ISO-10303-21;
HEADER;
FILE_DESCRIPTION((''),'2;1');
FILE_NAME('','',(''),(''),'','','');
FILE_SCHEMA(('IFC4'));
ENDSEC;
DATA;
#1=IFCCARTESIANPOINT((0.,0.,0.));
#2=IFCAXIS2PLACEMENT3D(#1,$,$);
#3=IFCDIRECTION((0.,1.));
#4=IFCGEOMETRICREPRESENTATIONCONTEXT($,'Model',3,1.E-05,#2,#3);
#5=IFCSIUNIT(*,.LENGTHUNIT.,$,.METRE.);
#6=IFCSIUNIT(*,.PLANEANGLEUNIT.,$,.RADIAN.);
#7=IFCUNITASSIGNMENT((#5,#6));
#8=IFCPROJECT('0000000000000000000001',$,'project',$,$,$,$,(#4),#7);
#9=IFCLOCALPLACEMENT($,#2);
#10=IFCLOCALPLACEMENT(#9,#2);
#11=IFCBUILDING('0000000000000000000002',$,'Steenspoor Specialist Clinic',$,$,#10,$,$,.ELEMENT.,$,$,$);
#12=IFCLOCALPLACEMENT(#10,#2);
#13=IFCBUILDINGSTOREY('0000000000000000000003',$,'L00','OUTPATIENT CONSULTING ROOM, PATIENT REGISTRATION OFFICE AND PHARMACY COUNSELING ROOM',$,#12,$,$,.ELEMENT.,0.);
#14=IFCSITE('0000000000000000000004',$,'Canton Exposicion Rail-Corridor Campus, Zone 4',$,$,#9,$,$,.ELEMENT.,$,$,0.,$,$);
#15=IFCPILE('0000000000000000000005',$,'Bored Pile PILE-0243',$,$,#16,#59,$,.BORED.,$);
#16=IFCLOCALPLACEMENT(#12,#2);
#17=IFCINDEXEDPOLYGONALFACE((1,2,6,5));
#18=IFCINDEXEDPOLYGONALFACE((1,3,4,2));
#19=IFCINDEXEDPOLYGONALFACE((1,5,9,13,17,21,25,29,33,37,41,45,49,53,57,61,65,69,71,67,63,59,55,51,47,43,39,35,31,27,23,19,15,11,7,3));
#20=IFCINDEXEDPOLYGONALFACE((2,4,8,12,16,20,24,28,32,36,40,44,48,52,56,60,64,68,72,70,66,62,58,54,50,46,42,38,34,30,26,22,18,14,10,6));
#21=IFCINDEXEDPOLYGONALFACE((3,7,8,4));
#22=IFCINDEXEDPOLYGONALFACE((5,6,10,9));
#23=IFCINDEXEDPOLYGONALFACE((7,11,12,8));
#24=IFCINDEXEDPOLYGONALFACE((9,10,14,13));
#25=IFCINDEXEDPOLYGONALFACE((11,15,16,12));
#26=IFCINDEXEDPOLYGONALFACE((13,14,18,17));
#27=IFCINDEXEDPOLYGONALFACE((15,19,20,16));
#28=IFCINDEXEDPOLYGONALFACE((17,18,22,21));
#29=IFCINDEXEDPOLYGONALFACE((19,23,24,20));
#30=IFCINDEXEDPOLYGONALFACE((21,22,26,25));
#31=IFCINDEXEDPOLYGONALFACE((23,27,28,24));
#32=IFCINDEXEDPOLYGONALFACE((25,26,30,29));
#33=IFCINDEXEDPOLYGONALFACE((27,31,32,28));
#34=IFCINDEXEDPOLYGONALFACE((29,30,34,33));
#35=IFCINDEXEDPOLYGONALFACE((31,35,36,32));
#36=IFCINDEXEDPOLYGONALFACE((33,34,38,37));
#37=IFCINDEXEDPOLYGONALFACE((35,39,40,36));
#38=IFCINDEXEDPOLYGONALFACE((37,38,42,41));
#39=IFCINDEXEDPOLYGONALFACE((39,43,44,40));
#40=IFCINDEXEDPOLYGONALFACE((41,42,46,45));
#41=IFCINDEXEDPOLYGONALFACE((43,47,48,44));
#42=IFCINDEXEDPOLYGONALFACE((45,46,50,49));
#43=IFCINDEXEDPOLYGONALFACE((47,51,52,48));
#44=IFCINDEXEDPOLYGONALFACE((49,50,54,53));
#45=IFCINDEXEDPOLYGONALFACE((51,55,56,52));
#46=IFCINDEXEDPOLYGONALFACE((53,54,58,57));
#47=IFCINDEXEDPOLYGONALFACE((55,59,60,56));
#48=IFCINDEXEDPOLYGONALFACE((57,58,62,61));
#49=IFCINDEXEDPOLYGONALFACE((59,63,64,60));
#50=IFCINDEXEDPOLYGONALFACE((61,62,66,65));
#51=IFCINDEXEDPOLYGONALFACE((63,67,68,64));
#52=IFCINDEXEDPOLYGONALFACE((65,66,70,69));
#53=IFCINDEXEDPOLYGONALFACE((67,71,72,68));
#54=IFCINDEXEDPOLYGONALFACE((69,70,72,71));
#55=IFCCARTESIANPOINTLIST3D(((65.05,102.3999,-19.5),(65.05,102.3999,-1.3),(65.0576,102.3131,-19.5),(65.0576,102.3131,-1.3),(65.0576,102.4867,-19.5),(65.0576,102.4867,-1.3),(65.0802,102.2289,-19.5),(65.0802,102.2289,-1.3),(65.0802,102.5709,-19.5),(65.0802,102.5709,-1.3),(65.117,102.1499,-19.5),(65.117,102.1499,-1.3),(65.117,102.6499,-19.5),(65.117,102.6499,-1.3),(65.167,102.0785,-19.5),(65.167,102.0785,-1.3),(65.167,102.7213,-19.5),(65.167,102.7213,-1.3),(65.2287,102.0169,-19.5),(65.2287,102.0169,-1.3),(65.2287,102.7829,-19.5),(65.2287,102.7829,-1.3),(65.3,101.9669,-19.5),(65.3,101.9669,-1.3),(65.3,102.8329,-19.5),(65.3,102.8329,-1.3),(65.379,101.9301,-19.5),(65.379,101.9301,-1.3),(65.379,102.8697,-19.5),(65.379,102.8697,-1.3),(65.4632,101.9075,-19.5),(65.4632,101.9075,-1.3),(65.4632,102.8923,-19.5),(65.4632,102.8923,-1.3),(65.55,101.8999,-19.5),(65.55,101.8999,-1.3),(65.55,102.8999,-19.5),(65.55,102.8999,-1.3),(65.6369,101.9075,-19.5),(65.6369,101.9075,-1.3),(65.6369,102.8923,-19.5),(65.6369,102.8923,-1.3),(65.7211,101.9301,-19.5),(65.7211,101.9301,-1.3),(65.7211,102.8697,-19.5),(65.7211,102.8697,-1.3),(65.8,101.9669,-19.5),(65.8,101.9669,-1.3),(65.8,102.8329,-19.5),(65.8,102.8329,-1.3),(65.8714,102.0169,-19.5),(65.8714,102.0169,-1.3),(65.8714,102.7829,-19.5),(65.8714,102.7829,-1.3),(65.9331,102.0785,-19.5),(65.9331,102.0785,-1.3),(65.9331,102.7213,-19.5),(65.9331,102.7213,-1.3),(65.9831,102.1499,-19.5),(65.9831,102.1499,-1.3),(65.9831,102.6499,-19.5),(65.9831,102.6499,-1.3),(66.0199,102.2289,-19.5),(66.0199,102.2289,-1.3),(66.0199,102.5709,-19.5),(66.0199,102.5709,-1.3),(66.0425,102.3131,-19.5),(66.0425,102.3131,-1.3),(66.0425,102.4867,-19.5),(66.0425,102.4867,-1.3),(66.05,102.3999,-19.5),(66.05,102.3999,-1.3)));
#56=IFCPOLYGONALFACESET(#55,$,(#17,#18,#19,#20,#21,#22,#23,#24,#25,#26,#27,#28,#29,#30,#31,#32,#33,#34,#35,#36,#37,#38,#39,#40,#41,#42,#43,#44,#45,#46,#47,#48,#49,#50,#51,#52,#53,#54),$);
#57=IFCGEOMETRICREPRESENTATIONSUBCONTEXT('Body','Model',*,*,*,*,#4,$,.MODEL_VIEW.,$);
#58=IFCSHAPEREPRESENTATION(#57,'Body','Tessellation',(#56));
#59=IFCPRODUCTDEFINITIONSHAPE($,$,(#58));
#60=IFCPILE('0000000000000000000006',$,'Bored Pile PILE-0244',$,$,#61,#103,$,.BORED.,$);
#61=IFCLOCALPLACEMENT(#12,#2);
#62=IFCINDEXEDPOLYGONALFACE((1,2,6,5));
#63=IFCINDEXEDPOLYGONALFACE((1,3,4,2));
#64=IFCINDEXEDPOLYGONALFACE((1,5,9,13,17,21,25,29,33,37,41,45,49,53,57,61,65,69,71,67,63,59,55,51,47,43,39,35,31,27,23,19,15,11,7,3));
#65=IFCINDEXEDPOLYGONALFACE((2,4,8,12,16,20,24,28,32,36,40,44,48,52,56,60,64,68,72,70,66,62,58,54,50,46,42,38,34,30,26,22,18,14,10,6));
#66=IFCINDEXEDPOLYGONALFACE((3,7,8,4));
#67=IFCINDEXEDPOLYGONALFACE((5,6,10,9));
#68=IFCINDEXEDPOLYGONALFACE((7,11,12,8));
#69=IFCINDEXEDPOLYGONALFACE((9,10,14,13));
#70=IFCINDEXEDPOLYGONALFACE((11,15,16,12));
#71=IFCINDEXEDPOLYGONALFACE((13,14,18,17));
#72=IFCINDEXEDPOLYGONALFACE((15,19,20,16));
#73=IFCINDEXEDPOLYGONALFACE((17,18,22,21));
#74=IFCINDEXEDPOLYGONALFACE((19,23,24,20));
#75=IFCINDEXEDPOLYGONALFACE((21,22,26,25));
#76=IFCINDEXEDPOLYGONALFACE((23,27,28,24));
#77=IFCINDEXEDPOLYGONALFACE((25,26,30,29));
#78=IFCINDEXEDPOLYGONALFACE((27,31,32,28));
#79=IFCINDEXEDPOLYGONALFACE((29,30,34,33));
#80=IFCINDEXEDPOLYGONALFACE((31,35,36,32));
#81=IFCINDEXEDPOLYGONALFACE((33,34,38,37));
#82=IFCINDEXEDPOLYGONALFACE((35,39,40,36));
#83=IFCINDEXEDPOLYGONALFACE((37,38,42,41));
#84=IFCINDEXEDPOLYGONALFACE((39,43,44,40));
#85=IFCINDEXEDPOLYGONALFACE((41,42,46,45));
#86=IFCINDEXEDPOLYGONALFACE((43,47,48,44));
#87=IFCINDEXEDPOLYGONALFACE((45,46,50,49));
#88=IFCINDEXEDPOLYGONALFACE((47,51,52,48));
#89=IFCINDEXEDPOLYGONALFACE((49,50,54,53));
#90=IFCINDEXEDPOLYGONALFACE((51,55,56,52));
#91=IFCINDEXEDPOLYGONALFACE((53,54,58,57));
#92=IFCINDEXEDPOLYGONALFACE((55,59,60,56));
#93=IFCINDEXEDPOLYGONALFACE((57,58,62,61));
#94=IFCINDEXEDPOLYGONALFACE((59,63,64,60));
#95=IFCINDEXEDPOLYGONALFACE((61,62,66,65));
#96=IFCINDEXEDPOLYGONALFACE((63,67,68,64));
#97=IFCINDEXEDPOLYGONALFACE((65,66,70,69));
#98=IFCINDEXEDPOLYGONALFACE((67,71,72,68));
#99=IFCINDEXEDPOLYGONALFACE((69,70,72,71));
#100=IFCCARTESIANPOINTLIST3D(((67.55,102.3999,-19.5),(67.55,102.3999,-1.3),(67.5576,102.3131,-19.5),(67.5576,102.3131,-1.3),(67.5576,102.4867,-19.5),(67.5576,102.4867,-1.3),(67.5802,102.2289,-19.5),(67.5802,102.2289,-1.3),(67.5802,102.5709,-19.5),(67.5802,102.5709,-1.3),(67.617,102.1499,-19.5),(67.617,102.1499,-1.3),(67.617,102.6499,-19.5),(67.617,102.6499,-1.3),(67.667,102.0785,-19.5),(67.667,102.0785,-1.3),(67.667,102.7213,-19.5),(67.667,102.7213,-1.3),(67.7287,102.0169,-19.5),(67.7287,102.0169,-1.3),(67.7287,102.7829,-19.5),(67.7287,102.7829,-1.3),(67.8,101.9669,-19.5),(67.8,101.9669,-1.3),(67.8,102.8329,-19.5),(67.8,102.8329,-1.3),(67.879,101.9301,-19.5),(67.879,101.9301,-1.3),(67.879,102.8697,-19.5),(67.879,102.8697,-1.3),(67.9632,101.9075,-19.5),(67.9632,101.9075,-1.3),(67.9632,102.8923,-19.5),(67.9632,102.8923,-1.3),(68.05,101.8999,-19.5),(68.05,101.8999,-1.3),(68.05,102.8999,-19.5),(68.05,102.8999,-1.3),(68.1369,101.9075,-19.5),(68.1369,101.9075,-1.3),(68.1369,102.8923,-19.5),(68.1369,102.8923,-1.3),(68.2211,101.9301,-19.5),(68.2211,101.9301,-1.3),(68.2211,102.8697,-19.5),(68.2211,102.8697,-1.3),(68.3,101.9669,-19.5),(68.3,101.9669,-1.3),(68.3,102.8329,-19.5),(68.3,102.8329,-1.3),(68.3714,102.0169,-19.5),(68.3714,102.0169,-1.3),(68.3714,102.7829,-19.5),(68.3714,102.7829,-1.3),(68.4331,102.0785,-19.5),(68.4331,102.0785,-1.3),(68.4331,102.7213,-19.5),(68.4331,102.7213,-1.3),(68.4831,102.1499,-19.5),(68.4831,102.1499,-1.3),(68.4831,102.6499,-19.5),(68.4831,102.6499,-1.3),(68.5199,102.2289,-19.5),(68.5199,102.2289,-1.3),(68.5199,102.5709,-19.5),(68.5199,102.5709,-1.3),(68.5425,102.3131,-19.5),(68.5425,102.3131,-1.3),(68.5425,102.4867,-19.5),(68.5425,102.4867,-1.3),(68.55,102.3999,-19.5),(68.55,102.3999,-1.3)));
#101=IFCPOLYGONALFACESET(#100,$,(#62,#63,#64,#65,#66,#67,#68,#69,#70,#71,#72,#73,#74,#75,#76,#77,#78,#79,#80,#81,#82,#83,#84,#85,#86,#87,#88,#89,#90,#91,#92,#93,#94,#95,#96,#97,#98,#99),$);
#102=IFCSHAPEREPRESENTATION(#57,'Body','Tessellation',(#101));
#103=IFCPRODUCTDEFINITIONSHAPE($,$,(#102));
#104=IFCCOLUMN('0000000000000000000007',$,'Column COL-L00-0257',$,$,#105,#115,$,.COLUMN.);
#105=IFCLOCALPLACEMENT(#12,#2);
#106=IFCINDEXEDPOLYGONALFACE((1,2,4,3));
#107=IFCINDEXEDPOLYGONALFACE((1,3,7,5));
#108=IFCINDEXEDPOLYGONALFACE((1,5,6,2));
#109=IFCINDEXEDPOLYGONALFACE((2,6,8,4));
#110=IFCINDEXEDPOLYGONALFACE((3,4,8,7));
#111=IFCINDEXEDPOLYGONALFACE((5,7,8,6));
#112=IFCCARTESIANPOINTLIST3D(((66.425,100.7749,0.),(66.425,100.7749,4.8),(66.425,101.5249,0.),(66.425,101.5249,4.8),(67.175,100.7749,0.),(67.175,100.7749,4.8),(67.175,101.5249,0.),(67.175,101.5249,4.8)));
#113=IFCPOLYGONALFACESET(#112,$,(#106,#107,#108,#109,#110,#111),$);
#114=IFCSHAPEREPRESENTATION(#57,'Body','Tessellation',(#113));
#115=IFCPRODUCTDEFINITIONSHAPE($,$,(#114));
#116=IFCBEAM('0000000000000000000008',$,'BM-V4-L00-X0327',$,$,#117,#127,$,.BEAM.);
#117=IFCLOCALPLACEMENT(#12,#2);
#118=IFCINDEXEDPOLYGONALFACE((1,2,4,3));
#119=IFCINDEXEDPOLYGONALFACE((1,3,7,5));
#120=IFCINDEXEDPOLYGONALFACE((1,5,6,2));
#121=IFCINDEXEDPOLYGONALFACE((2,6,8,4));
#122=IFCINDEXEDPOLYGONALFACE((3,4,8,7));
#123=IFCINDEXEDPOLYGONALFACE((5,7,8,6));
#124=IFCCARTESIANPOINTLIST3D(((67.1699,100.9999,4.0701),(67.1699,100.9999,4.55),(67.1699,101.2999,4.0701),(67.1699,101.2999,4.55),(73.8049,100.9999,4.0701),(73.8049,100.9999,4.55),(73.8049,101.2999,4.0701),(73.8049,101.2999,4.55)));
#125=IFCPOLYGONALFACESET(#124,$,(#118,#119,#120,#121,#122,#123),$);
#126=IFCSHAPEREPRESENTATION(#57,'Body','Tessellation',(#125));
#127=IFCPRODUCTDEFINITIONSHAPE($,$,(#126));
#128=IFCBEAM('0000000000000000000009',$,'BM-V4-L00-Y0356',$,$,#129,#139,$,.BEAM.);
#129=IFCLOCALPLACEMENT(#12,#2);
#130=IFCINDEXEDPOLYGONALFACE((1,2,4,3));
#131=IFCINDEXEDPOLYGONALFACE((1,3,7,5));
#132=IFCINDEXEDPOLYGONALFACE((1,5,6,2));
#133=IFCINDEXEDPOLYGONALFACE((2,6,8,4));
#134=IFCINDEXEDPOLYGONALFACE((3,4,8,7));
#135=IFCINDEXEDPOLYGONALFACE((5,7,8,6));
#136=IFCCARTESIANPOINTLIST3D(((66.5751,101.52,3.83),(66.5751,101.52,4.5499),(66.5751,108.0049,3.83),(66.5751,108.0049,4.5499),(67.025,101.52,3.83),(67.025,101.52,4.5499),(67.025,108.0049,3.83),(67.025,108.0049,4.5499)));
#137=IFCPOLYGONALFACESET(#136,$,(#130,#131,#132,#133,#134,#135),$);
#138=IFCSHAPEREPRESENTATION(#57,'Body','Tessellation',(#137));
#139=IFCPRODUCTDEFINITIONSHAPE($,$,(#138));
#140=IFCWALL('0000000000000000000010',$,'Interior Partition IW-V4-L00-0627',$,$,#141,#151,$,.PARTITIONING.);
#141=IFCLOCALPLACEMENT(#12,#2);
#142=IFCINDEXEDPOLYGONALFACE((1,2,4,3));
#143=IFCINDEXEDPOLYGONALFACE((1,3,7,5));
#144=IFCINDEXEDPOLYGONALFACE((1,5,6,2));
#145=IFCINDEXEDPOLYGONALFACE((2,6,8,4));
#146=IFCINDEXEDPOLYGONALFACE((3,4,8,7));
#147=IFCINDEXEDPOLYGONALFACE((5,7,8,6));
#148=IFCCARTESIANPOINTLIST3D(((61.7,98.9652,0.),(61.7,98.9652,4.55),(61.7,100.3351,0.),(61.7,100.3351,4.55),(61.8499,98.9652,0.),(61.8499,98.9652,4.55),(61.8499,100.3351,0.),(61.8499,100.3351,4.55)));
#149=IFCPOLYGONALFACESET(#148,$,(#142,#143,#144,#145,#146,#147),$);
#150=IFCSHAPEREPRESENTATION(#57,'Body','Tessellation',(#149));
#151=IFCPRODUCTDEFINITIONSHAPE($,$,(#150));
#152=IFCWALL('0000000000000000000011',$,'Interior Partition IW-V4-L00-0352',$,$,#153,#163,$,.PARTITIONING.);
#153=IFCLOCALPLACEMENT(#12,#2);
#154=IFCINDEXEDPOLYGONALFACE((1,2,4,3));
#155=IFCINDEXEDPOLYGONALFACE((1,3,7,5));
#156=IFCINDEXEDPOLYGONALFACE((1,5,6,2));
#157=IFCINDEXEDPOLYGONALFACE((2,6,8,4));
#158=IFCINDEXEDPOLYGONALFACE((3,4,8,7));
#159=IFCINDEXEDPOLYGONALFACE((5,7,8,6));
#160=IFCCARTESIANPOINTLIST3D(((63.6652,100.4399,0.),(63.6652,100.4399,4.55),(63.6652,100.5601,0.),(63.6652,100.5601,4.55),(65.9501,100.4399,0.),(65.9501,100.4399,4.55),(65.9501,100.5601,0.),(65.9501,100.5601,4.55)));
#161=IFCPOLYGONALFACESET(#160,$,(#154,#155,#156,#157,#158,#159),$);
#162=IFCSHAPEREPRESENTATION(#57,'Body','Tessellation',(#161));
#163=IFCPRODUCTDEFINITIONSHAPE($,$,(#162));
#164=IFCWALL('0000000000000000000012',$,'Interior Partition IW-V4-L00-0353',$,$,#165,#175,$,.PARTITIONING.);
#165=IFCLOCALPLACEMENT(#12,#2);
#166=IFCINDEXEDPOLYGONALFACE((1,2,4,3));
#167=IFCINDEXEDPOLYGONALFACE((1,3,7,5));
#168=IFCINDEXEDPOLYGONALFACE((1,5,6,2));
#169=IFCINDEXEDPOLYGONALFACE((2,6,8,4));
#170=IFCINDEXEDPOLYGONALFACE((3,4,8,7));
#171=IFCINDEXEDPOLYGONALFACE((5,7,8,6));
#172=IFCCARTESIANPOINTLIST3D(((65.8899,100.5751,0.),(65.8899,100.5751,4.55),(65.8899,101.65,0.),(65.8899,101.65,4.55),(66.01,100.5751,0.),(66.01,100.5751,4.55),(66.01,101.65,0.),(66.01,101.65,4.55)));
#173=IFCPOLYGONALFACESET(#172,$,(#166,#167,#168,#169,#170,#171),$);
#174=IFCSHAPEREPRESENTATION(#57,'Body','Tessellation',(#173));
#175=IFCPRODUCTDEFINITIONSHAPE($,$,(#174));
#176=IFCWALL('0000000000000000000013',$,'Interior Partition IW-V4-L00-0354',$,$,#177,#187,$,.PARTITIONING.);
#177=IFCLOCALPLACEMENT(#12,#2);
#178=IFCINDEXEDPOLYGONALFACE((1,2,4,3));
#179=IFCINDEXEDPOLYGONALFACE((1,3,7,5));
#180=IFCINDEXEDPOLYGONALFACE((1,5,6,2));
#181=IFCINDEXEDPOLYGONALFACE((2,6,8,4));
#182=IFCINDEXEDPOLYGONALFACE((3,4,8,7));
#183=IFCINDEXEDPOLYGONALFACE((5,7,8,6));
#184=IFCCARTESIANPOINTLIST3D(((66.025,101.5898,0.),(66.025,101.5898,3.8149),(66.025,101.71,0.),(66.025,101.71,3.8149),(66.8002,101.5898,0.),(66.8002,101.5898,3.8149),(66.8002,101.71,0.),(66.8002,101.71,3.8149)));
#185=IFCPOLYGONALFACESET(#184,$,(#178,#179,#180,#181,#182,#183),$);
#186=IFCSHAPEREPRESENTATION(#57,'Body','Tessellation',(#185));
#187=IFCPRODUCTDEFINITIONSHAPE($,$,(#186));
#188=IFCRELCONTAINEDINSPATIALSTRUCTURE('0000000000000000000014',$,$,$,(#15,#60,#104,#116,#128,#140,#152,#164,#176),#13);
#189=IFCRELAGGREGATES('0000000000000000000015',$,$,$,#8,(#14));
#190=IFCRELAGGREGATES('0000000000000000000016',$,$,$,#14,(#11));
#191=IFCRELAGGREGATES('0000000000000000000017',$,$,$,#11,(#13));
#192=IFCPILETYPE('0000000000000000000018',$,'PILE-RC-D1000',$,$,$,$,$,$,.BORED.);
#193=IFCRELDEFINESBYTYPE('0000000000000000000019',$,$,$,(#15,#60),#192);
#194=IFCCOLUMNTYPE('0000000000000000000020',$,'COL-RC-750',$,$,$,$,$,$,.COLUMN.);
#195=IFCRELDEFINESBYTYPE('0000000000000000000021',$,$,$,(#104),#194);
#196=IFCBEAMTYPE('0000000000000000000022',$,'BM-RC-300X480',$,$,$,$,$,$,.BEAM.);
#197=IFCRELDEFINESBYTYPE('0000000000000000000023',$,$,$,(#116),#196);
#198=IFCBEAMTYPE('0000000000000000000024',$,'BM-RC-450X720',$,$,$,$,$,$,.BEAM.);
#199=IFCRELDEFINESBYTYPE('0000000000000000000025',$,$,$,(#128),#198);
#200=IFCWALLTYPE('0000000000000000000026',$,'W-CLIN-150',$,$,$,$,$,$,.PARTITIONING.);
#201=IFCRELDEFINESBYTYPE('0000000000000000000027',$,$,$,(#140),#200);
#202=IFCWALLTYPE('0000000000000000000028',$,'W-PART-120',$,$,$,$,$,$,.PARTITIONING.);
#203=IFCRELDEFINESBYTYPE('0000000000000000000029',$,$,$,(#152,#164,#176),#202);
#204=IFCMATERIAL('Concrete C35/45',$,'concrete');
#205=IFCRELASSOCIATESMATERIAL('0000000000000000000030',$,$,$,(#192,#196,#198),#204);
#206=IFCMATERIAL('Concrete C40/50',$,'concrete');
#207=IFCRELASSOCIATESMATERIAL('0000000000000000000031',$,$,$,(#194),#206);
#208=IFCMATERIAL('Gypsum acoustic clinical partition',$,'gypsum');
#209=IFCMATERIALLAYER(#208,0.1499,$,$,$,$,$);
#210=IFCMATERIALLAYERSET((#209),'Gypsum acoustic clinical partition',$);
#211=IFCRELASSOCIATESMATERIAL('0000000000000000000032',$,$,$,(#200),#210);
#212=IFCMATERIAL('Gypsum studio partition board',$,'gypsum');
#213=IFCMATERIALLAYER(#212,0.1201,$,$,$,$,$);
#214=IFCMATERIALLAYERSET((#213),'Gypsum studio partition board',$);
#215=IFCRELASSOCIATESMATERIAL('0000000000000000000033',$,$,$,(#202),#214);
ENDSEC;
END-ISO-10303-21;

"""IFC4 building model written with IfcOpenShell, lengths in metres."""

from ifc_helpers import new_model, si_unit, direction, frame, frame_2d, origin, origin_2d, place, context, subcontext, project, spatial, rectangle, circle, extrude, material, layer, layer_set, material_profile, profile_set, type_object, element, save


model = new_model("IFC4")

# Units and contexts
model_context = context("Model", 3, precision=1e-05, world=origin(), true_north=direction((0.0, 1.0)))
body_context = subcontext(model_context, "Body", "Model", "MODEL_VIEW")
ifc_project = project(units=[si_unit("LENGTHUNIT", "METRE"), si_unit("PLANEANGLEUNIT", "RADIAN")], contexts=[model_context])

# Site, building, storey
site_placement = place(None, origin())
site = spatial("IfcSite", under=ifc_project, at=site_placement, Name="Canton Exposicion Rail-Corridor Campus, Zone 4", CompositionType="ELEMENT", RefElevation=0.0)
building_placement = place(site_placement, origin())
building = spatial("IfcBuilding", under=site, at=building_placement, Name="Steenspoor Specialist Clinic", CompositionType="ELEMENT")
storey_placement = place(building_placement, origin())
storey = spatial("IfcBuildingStorey", under=building, at=storey_placement, Name="L00", Description="OUTPATIENT CONSULTING ROOM, PATIENT REGISTRATION OFFICE AND PHARMACY COUNSELING ROOM", CompositionType="ELEMENT", Elevation=0.0)

# Shared definitions
ifc_material_1 = material(Name="Concrete C35/45", Category="concrete")

# Piles
ifc_material_profile_1 = material_profile(ifc_material_1, circle(Radius=0.5, at=origin_2d()), Name="PILE-D1000")
ifc_profile_set_1 = profile_set([ifc_material_profile_1], Name="Concrete C35/45")
pile_type = type_object("IfcPileType", Name="PILE-RC-D1000", PredefinedType="BORED", material=ifc_profile_set_1)
for number, where, z_axis, x_axis, name in (
    (1, (65.55, 102.3999, -1.3), (0.0, 0.0, -1.0), (1.0, 0.0, 0.0), "Bored Pile PILE-0243"),
    (2, (68.05, 102.3999, -1.3), (0.0, 0.0, -1.0), (1.0, 0.0, 0.0), "Bored Pile PILE-0244"),
):
    element("IfcPile", number, at=place(storey_placement, frame(where, z_axis=z_axis, x_axis=x_axis)), inside=storey, type_object=pile_type, Name=name, PredefinedType="BORED", context=body_context, shape_type="SweptSolid", body=[
        extrude(circle(Radius=0.5, at=origin_2d()), origin(), (0.0, 0.0, 1.0), 18.2),
    ])

# Column
ifc_material_2 = material(Name="Concrete C40/50", Category="concrete")
ifc_material_profile_2 = material_profile(ifc_material_2, rectangle(XDim=0.75, YDim=0.75, at=origin_2d()), Name="RC-COL-750X750")
ifc_profile_set_2 = profile_set([ifc_material_profile_2], Name="Concrete C40/50")
column_type = type_object("IfcColumnType", Name="COL-RC-750", PredefinedType="COLUMN", material=ifc_profile_set_2)
column_placement = place(storey_placement, frame((66.8, 101.1499, 0.0), z_axis=(0.0, 0.0, 1.0), x_axis=(1.0, 0.0, 0.0)))
element("IfcColumn", 3, at=column_placement, inside=storey, type_object=column_type, Name="Column COL-L00-0257", PredefinedType="COLUMN", context=body_context, shape_type="SweptSolid", body=[
    extrude(rectangle(XDim=0.75, YDim=0.75, at=origin_2d()), origin(), (0.0, 0.0, 1.0), 4.8),
])

# Beams
ifc_material_profile_3 = material_profile(ifc_material_1, rectangle(XDim=0.3, YDim=0.48, at=origin_2d()), Name="RC-BM-300X480")
ifc_profile_set_3 = profile_set([ifc_material_profile_3], Name="Concrete C35/45")
beam_type_1 = type_object("IfcBeamType", Name="BM-RC-300X480", PredefinedType="BEAM", material=ifc_profile_set_3)
beam_1_placement = place(storey_placement, frame((67.1699, 101.1499, 4.3101), z_axis=(1.0, 0.0, 0.0), x_axis=(0.0, 1.0, 0.0)))
element("IfcBeam", 4, at=beam_1_placement, inside=storey, type_object=beam_type_1, Name="BM-V4-L00-X0327", PredefinedType="BEAM", context=body_context, shape_type="SweptSolid", body=[
    extrude(rectangle(XDim=0.3, YDim=0.48, at=origin_2d()), origin(), (0.0, 0.0, 1.0), 6.635),
])
ifc_material_profile_4 = material_profile(ifc_material_1, rectangle(XDim=0.45, YDim=0.72, at=origin_2d()), Name="RC-BM-450X720")
ifc_profile_set_4 = profile_set([ifc_material_profile_4], Name="Concrete C35/45")
beam_type_2 = type_object("IfcBeamType", Name="BM-RC-450X720", PredefinedType="BEAM", material=ifc_profile_set_4)
beam_2_placement = place(storey_placement, frame((66.8, 101.52, 4.1899), z_axis=(0.0, 1.0, 0.0), x_axis=(-1.0, 0.0, 0.0)))
element("IfcBeam", 5, at=beam_2_placement, inside=storey, type_object=beam_type_2, Name="BM-V4-L00-Y0356", PredefinedType="BEAM", context=body_context, shape_type="SweptSolid", body=[
    extrude(rectangle(XDim=0.45, YDim=0.72, at=origin_2d()), origin(), (0.0, 0.0, 1.0), 6.4849),
])

# Walls
ifc_material_3 = material(Name="Gypsum acoustic clinical partition", Category="gypsum")
ifc_layer_1 = layer(ifc_material_3, 0.1499)
ifc_layer_set_1 = layer_set([ifc_layer_1], Name="Gypsum acoustic clinical partition")
wall_type_1 = type_object("IfcWallType", Name="W-CLIN-150", PredefinedType="PARTITIONING", material=ifc_layer_set_1)
wall_1_placement = place(storey_placement, frame((61.7749, 98.9651, 0.0), z_axis=(0.0, 0.0, 1.0), x_axis=(0.0, 1.0, 0.0)))
element("IfcWall", 6, at=wall_1_placement, inside=storey, type_object=wall_type_1, Name="Interior Partition IW-V4-L00-0627", PredefinedType="PARTITIONING", context=body_context, shape_type="SweptSolid", body=[
    extrude(rectangle(XDim=1.3699, YDim=0.1499, at=frame_2d((0.6851, 0.0))), origin(), (0.0, 0.0, 1.0), 4.55),
])
ifc_material_4 = material(Name="Gypsum studio partition board", Category="gypsum")
ifc_layer_2 = layer(ifc_material_4, 0.1201)
ifc_layer_set_2 = layer_set([ifc_layer_2], Name="Gypsum studio partition board")
wall_type_2 = type_object("IfcWallType", Name="W-PART-120", PredefinedType="PARTITIONING", material=ifc_layer_set_2)
wall_2_placement = place(storey_placement, frame((63.665, 100.5, 0.0), z_axis=(0.0, 0.0, 1.0), x_axis=(1.0, 0.0, 0.0)))
element("IfcWall", 7, at=wall_2_placement, inside=storey, type_object=wall_type_2, Name="Interior Partition IW-V4-L00-0352", PredefinedType="PARTITIONING", context=body_context, shape_type="SweptSolid", body=[
    extrude(rectangle(XDim=2.2849, YDim=0.1201, at=frame_2d((1.1426, 0.0))), origin(), (0.0, 0.0, 1.0), 4.55),
])
wall_3_placement = place(storey_placement, frame((65.95, 100.575, 0.0), z_axis=(0.0, 0.0, 1.0), x_axis=(0.0, 1.0, 0.0)))
element("IfcWall", 8, at=wall_3_placement, inside=storey, type_object=wall_type_2, Name="Interior Partition IW-V4-L00-0353", PredefinedType="PARTITIONING", context=body_context, shape_type="SweptSolid", body=[
    extrude(rectangle(XDim=1.075, YDim=0.1201, at=frame_2d((0.5376, 0.0))), origin(), (0.0, 0.0, 1.0), 4.55),
])
wall_4_placement = place(storey_placement, frame((66.0249, 101.6499, 0.0), z_axis=(0.0, 0.0, 1.0), x_axis=(1.0, 0.0, 0.0)))
element("IfcWall", 9, at=wall_4_placement, inside=storey, type_object=wall_type_2, Name="Interior Partition IW-V4-L00-0354", PredefinedType="PARTITIONING", context=body_context, shape_type="SweptSolid", body=[
    extrude(rectangle(XDim=0.7751, YDim=0.1201, at=frame_2d((0.3877, 0.0))), origin(), (0.0, 0.0, 1.0), 3.8149),
])

save(model, "model.ifc")
